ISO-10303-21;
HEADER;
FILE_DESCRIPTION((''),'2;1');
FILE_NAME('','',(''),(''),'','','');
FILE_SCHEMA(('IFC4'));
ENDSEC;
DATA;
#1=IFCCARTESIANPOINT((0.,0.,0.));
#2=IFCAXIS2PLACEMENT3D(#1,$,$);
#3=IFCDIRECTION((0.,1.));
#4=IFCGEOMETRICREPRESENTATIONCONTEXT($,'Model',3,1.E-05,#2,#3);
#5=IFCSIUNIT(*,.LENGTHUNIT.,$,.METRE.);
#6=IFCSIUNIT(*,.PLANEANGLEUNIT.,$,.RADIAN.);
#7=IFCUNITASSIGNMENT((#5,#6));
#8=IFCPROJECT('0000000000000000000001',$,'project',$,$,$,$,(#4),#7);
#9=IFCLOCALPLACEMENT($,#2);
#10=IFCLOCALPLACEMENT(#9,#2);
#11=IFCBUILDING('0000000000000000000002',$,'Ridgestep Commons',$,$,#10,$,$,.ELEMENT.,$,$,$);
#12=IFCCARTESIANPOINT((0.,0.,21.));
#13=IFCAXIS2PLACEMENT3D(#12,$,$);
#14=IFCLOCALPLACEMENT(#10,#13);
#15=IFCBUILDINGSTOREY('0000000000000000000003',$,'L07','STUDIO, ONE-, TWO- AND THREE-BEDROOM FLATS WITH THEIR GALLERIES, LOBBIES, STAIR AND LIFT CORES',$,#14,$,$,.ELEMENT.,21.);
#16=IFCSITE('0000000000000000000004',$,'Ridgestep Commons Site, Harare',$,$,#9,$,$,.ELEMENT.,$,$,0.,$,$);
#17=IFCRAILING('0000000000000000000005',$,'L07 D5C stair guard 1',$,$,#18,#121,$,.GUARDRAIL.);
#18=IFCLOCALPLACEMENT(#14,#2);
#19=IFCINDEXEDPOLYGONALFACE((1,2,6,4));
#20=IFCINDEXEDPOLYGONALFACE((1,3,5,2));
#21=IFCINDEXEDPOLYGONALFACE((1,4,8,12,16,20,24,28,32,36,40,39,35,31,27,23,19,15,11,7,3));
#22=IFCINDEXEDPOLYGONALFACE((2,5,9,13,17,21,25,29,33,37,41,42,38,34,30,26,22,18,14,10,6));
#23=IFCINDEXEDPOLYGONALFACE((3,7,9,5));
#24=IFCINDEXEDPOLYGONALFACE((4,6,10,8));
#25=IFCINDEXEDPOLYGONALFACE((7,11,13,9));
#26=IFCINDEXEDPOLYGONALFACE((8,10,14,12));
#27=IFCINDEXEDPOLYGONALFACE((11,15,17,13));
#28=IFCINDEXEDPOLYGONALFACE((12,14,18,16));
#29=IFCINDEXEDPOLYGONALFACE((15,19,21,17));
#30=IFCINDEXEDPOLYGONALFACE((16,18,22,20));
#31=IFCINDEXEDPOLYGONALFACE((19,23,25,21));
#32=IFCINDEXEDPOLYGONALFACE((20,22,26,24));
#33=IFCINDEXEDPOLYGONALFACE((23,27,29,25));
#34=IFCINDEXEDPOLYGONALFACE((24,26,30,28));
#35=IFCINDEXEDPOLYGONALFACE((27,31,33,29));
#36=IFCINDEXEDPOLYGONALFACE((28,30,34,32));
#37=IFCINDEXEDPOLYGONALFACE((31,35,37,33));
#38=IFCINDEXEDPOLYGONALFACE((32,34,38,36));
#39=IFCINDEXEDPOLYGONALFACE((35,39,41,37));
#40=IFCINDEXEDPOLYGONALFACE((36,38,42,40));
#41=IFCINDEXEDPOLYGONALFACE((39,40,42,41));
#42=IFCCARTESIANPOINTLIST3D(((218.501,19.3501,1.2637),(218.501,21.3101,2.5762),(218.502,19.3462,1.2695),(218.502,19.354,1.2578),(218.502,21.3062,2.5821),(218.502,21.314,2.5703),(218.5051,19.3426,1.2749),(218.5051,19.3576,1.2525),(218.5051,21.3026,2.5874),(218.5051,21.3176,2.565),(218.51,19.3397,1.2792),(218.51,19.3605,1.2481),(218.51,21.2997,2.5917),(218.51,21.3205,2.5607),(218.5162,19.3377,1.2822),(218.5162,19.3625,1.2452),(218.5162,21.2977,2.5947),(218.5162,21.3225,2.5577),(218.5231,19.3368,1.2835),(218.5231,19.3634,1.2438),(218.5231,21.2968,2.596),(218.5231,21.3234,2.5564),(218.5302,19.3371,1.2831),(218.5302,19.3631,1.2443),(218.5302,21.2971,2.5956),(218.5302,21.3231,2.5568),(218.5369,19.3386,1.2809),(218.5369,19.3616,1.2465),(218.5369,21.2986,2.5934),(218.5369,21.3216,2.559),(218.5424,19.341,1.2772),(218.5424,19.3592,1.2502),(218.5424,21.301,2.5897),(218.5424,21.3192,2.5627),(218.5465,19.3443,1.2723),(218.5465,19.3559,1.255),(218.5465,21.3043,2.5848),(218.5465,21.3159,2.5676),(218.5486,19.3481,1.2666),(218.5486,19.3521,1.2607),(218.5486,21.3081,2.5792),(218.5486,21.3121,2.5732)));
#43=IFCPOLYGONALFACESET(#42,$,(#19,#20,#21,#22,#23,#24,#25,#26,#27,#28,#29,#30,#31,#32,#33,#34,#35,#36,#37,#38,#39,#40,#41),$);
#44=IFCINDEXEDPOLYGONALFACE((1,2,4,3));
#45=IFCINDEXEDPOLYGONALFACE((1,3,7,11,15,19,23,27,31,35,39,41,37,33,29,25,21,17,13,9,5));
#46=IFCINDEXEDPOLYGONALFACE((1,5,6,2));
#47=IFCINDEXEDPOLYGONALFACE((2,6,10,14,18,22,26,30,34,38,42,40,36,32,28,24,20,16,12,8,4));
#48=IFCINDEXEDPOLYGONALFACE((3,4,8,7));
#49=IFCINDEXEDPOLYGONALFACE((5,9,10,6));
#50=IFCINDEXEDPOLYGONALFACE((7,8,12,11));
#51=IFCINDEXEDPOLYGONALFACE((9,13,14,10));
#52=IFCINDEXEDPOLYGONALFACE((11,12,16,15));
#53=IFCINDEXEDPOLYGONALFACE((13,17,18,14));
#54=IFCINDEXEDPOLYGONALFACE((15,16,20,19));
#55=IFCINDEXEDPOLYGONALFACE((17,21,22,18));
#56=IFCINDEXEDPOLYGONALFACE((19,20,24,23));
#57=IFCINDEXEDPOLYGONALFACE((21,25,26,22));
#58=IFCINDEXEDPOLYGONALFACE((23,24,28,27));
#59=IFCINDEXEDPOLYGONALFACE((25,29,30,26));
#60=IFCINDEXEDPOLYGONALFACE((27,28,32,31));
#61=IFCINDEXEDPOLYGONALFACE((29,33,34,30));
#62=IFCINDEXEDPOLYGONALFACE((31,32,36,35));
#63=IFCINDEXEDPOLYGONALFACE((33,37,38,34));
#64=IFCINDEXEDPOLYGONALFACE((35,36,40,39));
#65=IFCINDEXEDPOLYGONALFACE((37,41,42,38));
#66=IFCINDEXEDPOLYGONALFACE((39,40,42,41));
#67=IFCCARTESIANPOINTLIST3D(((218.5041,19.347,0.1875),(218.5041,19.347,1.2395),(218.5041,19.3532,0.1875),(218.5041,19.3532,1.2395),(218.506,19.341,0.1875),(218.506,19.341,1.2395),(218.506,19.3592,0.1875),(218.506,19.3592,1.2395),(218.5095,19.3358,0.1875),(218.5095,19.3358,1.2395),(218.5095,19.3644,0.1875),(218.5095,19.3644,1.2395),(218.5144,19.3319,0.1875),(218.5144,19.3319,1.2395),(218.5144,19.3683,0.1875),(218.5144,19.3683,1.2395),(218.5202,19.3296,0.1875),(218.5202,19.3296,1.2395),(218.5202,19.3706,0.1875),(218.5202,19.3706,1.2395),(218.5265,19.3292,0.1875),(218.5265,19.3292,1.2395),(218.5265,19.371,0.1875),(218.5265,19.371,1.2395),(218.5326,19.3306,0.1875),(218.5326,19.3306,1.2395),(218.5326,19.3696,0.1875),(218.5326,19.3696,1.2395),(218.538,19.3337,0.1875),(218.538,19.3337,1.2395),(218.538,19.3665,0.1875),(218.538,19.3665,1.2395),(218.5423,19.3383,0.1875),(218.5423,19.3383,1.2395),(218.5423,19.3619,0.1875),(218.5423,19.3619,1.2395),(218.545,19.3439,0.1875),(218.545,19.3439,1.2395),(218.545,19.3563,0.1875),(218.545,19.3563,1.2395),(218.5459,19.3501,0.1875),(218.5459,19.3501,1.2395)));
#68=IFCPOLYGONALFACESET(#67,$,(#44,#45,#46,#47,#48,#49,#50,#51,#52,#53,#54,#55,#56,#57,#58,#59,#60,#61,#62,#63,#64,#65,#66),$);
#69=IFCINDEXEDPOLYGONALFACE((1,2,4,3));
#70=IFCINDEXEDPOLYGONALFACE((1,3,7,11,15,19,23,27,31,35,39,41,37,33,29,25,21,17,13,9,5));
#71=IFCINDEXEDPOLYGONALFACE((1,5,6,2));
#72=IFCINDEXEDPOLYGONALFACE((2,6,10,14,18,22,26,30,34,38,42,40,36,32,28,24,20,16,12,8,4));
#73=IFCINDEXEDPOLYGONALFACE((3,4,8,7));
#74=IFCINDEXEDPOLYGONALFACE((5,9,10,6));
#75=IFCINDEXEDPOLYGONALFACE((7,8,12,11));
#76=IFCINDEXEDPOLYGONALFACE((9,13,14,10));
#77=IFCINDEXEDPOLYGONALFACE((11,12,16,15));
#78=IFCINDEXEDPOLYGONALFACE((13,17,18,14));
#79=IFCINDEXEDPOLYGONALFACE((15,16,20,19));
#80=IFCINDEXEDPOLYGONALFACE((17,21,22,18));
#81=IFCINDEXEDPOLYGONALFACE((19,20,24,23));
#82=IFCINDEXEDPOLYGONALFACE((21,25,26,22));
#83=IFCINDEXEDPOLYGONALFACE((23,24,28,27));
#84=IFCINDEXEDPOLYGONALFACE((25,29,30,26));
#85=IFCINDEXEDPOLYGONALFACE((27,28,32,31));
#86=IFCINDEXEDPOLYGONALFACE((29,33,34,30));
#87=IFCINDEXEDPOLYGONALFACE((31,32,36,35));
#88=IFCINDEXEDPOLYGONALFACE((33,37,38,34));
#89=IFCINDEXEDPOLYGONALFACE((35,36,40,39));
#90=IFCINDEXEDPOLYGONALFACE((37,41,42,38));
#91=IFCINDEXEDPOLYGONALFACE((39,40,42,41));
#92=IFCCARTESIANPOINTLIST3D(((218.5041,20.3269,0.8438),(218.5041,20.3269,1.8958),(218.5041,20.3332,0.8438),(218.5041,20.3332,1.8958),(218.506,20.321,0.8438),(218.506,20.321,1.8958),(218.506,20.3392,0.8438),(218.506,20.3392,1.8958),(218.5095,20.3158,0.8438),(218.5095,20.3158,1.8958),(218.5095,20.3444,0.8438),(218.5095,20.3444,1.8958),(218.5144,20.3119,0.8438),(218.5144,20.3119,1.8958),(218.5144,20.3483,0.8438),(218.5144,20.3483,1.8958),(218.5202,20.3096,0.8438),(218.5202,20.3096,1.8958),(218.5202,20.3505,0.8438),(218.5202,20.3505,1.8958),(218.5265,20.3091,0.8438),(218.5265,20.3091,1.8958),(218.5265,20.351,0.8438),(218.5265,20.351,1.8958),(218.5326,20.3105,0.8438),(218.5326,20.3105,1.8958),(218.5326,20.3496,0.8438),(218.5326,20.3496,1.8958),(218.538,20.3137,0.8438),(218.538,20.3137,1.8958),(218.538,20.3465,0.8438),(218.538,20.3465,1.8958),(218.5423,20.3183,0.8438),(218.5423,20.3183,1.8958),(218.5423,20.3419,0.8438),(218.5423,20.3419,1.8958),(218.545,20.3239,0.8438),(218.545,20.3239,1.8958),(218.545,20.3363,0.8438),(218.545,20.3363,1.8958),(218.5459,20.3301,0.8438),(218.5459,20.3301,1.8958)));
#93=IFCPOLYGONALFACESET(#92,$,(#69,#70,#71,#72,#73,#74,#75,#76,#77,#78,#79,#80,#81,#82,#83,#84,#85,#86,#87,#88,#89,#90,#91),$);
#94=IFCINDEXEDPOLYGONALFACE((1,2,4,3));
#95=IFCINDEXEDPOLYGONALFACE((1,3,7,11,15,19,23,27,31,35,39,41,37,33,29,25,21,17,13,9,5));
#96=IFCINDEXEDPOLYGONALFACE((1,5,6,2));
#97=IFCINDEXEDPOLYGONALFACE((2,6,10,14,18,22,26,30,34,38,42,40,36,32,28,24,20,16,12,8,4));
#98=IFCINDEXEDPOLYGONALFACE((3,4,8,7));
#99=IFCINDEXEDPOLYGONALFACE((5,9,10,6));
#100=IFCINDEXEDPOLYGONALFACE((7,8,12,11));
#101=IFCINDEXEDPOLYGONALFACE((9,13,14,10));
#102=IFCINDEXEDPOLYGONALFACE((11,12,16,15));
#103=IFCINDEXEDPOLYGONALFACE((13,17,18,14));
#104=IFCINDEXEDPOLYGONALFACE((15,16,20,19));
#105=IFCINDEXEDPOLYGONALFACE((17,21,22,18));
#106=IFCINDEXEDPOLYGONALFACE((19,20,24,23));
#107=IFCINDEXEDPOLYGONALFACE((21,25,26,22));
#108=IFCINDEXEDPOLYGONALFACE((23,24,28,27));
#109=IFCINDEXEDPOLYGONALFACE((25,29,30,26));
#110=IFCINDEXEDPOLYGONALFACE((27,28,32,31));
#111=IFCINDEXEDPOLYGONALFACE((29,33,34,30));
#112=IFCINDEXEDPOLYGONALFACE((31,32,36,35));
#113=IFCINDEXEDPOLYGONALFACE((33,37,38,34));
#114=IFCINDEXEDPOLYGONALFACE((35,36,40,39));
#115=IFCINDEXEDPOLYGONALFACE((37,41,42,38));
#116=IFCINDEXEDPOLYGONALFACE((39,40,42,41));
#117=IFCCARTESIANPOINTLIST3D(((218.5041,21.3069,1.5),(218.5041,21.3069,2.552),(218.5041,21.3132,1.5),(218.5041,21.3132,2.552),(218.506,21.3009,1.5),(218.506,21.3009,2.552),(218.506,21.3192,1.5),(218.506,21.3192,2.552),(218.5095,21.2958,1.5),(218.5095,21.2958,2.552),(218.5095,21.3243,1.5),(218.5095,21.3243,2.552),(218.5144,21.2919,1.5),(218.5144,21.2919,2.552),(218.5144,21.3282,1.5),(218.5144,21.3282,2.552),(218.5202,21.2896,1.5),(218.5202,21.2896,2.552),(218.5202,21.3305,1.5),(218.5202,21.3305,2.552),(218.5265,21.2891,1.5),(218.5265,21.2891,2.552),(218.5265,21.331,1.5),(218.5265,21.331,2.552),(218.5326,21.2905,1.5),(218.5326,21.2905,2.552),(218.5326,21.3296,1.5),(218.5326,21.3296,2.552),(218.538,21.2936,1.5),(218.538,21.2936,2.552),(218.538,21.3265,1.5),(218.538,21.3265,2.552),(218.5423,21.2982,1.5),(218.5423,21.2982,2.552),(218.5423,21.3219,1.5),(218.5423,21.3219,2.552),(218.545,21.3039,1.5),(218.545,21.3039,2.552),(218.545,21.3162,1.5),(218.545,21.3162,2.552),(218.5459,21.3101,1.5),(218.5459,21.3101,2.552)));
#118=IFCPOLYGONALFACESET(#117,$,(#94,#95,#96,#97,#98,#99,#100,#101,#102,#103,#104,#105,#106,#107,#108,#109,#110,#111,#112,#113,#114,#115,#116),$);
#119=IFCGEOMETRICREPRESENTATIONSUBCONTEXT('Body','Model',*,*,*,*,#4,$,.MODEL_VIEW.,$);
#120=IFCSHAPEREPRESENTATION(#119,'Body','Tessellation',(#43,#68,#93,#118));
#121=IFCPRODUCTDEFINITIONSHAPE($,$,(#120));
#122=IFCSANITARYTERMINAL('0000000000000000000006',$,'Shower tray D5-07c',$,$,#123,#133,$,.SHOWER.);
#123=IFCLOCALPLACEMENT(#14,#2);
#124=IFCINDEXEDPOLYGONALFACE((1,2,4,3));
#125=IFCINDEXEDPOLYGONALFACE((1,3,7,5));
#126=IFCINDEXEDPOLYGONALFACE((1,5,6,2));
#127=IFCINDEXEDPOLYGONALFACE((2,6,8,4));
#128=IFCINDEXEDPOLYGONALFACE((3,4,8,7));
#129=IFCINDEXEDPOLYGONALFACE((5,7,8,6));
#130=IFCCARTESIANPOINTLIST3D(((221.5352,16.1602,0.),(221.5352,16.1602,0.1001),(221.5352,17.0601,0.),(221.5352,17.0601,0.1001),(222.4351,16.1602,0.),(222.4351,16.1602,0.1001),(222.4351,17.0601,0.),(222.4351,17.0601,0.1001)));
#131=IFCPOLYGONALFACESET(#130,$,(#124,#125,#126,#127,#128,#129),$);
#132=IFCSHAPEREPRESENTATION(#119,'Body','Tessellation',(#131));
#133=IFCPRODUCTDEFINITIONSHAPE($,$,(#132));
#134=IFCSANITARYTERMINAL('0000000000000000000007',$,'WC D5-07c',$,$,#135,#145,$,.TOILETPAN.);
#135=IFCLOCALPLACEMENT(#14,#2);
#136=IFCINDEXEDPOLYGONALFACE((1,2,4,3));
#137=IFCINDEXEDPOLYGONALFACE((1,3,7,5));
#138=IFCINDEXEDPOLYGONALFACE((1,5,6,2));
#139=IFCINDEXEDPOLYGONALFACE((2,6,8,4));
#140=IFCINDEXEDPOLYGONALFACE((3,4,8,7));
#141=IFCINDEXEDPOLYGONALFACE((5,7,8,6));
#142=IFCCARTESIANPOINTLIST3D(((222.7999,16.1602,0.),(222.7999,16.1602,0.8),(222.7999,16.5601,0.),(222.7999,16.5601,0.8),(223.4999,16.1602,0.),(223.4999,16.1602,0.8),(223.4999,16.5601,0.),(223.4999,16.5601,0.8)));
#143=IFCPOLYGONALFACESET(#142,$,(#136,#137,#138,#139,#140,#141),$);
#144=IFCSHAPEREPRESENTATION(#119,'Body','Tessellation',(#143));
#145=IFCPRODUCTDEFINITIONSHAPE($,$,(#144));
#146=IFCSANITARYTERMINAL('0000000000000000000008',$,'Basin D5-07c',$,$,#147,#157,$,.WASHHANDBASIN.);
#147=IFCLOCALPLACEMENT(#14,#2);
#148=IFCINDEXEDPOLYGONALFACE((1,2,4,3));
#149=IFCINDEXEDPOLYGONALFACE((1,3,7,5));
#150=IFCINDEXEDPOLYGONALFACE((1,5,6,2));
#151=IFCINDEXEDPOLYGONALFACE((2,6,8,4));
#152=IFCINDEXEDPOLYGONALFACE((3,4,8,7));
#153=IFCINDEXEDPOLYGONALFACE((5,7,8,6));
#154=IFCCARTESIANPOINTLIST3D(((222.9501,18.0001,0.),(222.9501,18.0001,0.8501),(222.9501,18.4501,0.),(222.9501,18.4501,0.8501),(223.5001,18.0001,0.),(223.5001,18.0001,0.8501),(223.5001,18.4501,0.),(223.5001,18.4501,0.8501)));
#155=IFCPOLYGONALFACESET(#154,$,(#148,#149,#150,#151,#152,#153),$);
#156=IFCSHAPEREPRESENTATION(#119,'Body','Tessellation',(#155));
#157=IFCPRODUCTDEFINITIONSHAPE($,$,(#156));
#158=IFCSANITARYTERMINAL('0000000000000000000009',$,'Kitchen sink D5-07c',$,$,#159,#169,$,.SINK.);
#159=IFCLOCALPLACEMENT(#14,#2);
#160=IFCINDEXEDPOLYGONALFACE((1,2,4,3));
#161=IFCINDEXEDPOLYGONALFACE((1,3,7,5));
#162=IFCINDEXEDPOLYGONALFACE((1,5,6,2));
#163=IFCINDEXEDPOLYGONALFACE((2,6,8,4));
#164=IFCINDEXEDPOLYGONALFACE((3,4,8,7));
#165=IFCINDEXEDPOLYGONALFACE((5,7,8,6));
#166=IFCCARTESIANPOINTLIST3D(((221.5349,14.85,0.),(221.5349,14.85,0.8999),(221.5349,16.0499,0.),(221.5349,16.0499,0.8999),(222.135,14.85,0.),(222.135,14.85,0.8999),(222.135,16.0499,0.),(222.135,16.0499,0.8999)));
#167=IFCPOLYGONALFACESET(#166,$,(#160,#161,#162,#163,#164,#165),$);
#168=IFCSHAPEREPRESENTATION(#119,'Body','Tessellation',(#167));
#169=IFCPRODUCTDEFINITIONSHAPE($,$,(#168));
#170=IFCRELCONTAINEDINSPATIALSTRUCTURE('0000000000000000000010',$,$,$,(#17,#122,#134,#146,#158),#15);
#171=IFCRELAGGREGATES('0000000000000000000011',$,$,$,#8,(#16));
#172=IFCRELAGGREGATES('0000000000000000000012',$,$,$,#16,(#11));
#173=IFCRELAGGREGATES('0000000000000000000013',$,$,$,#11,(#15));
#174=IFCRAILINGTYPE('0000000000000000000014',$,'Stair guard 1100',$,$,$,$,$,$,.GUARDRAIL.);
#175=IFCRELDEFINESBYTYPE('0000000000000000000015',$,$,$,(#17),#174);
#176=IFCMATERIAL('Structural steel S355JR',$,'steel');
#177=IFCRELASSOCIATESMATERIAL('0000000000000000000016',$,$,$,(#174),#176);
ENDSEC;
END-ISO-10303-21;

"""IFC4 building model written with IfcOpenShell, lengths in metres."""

from ifc_helpers import new_model, si_unit, direction, frame, origin, origin_2d, place, context, subcontext, project, spatial, rectangle, circle, extrude, material, type_object, element, save


model = new_model("IFC4")

# Units and contexts
model_context = context("Model", 3, precision=1e-05, world=origin(), true_north=direction((0.0, 1.0)))
body_context = subcontext(model_context, "Body", "Model", "MODEL_VIEW")
ifc_project = project(units=[si_unit("LENGTHUNIT", "METRE"), si_unit("PLANEANGLEUNIT", "RADIAN")], contexts=[model_context])

# Site, building, storey
site_placement = place(None, origin())
site = spatial("IfcSite", under=ifc_project, at=site_placement, Name="Ridgestep Commons Site, Harare", CompositionType="ELEMENT", RefElevation=0.0)
building_placement = place(site_placement, origin())
building = spatial("IfcBuilding", under=site, at=building_placement, Name="Ridgestep Commons", CompositionType="ELEMENT")
storey_placement = place(building_placement, frame((0.0, 0.0, 21.0)))
storey = spatial("IfcBuildingStorey", under=building, at=storey_placement, Name="L07", Description="STUDIO, ONE-, TWO- AND THREE-BEDROOM FLATS WITH THEIR GALLERIES, LOBBIES, STAIR AND LIFT CORES", CompositionType="ELEMENT", Elevation=21.0)

# Railing
ifc_material_1 = material(Name="Structural steel S355JR", Category="steel")
railing_type_1 = type_object("IfcRailingType", Name="Stair guard 1100", PredefinedType="GUARDRAIL", material=ifc_material_1)
railing_1_placement = place(storey_placement, frame((218.5249, 19.3501, 0.1875)))
element("IfcRailing", 1, at=railing_1_placement, inside=storey, type_object=railing_type_1, Name="L07 D5C stair guard 1", PredefinedType="GUARDRAIL", context=body_context, shape_type="SweptSolid", body=[
    extrude(circle(Radius=0.0239, at=origin_2d()), frame((0.0, 0.0, 1.0762), z_axis=(0.0, 0.830902, 0.556419), x_axis=(-1.0, 0.0, 0.0)), (0.0, 0.0, 1.0), 2.3589),
    extrude(circle(Radius=0.021, at=origin_2d()), origin(), (0.0, 0.0, 1.0), 1.052),
    extrude(circle(Radius=0.021, at=origin_2d()), frame((0.0, 0.98, 0.6562)), (0.0, 0.0, 1.0), 1.052),
    extrude(circle(Radius=0.021, at=origin_2d()), frame((0.0, 1.96, 1.3125)), (0.0, 0.0, 1.0), 1.052),
])

# Sanitary terminals
sanitary_terminal_1_placement = place(storey_placement, frame((221.9851, 16.6101, 0.0), z_axis=(0.0, 0.0, 1.0), x_axis=(1.0, 0.0, 0.0)))
element("IfcSanitaryTerminal", 2, at=sanitary_terminal_1_placement, inside=storey, Name="Shower tray D5-07c", PredefinedType="SHOWER", context=body_context, shape_type="SweptSolid", body=[
    extrude(rectangle(XDim=0.8999, YDim=0.8999, at=origin_2d()), origin(), (0.0, 0.0, 1.0), 0.1001),
])
sanitary_terminal_2_placement = place(storey_placement, frame((223.1499, 16.3601, 0.0), z_axis=(0.0, 0.0, 1.0), x_axis=(1.0, 0.0, 0.0)))
element("IfcSanitaryTerminal", 3, at=sanitary_terminal_2_placement, inside=storey, Name="WC D5-07c", PredefinedType="TOILETPAN", context=body_context, shape_type="SweptSolid", body=[
    extrude(rectangle(XDim=0.7, YDim=0.3999, at=origin_2d()), origin(), (0.0, 0.0, 1.0), 0.8),
])
sanitary_terminal_3_placement = place(storey_placement, frame((223.2251, 18.2251, 0.0), z_axis=(0.0, 0.0, 1.0), x_axis=(1.0, 0.0, 0.0)))
element("IfcSanitaryTerminal", 4, at=sanitary_terminal_3_placement, inside=storey, Name="Basin D5-07c", PredefinedType="WASHHANDBASIN", context=body_context, shape_type="SweptSolid", body=[
    extrude(rectangle(XDim=0.55, YDim=0.45, at=origin_2d()), origin(), (0.0, 0.0, 1.0), 0.8501),
])
sanitary_terminal_4_placement = place(storey_placement, frame((221.835, 15.45, 0.0), z_axis=(0.0, 0.0, 1.0), x_axis=(1.0, 0.0, 0.0)))
element("IfcSanitaryTerminal", 5, at=sanitary_terminal_4_placement, inside=storey, Name="Kitchen sink D5-07c", PredefinedType="SINK", context=body_context, shape_type="SweptSolid", body=[
    extrude(rectangle(XDim=0.6001, YDim=1.2, at=origin_2d()), origin(), (0.0, 0.0, 1.0), 0.8999),
])

save(model, "model.ifc")
